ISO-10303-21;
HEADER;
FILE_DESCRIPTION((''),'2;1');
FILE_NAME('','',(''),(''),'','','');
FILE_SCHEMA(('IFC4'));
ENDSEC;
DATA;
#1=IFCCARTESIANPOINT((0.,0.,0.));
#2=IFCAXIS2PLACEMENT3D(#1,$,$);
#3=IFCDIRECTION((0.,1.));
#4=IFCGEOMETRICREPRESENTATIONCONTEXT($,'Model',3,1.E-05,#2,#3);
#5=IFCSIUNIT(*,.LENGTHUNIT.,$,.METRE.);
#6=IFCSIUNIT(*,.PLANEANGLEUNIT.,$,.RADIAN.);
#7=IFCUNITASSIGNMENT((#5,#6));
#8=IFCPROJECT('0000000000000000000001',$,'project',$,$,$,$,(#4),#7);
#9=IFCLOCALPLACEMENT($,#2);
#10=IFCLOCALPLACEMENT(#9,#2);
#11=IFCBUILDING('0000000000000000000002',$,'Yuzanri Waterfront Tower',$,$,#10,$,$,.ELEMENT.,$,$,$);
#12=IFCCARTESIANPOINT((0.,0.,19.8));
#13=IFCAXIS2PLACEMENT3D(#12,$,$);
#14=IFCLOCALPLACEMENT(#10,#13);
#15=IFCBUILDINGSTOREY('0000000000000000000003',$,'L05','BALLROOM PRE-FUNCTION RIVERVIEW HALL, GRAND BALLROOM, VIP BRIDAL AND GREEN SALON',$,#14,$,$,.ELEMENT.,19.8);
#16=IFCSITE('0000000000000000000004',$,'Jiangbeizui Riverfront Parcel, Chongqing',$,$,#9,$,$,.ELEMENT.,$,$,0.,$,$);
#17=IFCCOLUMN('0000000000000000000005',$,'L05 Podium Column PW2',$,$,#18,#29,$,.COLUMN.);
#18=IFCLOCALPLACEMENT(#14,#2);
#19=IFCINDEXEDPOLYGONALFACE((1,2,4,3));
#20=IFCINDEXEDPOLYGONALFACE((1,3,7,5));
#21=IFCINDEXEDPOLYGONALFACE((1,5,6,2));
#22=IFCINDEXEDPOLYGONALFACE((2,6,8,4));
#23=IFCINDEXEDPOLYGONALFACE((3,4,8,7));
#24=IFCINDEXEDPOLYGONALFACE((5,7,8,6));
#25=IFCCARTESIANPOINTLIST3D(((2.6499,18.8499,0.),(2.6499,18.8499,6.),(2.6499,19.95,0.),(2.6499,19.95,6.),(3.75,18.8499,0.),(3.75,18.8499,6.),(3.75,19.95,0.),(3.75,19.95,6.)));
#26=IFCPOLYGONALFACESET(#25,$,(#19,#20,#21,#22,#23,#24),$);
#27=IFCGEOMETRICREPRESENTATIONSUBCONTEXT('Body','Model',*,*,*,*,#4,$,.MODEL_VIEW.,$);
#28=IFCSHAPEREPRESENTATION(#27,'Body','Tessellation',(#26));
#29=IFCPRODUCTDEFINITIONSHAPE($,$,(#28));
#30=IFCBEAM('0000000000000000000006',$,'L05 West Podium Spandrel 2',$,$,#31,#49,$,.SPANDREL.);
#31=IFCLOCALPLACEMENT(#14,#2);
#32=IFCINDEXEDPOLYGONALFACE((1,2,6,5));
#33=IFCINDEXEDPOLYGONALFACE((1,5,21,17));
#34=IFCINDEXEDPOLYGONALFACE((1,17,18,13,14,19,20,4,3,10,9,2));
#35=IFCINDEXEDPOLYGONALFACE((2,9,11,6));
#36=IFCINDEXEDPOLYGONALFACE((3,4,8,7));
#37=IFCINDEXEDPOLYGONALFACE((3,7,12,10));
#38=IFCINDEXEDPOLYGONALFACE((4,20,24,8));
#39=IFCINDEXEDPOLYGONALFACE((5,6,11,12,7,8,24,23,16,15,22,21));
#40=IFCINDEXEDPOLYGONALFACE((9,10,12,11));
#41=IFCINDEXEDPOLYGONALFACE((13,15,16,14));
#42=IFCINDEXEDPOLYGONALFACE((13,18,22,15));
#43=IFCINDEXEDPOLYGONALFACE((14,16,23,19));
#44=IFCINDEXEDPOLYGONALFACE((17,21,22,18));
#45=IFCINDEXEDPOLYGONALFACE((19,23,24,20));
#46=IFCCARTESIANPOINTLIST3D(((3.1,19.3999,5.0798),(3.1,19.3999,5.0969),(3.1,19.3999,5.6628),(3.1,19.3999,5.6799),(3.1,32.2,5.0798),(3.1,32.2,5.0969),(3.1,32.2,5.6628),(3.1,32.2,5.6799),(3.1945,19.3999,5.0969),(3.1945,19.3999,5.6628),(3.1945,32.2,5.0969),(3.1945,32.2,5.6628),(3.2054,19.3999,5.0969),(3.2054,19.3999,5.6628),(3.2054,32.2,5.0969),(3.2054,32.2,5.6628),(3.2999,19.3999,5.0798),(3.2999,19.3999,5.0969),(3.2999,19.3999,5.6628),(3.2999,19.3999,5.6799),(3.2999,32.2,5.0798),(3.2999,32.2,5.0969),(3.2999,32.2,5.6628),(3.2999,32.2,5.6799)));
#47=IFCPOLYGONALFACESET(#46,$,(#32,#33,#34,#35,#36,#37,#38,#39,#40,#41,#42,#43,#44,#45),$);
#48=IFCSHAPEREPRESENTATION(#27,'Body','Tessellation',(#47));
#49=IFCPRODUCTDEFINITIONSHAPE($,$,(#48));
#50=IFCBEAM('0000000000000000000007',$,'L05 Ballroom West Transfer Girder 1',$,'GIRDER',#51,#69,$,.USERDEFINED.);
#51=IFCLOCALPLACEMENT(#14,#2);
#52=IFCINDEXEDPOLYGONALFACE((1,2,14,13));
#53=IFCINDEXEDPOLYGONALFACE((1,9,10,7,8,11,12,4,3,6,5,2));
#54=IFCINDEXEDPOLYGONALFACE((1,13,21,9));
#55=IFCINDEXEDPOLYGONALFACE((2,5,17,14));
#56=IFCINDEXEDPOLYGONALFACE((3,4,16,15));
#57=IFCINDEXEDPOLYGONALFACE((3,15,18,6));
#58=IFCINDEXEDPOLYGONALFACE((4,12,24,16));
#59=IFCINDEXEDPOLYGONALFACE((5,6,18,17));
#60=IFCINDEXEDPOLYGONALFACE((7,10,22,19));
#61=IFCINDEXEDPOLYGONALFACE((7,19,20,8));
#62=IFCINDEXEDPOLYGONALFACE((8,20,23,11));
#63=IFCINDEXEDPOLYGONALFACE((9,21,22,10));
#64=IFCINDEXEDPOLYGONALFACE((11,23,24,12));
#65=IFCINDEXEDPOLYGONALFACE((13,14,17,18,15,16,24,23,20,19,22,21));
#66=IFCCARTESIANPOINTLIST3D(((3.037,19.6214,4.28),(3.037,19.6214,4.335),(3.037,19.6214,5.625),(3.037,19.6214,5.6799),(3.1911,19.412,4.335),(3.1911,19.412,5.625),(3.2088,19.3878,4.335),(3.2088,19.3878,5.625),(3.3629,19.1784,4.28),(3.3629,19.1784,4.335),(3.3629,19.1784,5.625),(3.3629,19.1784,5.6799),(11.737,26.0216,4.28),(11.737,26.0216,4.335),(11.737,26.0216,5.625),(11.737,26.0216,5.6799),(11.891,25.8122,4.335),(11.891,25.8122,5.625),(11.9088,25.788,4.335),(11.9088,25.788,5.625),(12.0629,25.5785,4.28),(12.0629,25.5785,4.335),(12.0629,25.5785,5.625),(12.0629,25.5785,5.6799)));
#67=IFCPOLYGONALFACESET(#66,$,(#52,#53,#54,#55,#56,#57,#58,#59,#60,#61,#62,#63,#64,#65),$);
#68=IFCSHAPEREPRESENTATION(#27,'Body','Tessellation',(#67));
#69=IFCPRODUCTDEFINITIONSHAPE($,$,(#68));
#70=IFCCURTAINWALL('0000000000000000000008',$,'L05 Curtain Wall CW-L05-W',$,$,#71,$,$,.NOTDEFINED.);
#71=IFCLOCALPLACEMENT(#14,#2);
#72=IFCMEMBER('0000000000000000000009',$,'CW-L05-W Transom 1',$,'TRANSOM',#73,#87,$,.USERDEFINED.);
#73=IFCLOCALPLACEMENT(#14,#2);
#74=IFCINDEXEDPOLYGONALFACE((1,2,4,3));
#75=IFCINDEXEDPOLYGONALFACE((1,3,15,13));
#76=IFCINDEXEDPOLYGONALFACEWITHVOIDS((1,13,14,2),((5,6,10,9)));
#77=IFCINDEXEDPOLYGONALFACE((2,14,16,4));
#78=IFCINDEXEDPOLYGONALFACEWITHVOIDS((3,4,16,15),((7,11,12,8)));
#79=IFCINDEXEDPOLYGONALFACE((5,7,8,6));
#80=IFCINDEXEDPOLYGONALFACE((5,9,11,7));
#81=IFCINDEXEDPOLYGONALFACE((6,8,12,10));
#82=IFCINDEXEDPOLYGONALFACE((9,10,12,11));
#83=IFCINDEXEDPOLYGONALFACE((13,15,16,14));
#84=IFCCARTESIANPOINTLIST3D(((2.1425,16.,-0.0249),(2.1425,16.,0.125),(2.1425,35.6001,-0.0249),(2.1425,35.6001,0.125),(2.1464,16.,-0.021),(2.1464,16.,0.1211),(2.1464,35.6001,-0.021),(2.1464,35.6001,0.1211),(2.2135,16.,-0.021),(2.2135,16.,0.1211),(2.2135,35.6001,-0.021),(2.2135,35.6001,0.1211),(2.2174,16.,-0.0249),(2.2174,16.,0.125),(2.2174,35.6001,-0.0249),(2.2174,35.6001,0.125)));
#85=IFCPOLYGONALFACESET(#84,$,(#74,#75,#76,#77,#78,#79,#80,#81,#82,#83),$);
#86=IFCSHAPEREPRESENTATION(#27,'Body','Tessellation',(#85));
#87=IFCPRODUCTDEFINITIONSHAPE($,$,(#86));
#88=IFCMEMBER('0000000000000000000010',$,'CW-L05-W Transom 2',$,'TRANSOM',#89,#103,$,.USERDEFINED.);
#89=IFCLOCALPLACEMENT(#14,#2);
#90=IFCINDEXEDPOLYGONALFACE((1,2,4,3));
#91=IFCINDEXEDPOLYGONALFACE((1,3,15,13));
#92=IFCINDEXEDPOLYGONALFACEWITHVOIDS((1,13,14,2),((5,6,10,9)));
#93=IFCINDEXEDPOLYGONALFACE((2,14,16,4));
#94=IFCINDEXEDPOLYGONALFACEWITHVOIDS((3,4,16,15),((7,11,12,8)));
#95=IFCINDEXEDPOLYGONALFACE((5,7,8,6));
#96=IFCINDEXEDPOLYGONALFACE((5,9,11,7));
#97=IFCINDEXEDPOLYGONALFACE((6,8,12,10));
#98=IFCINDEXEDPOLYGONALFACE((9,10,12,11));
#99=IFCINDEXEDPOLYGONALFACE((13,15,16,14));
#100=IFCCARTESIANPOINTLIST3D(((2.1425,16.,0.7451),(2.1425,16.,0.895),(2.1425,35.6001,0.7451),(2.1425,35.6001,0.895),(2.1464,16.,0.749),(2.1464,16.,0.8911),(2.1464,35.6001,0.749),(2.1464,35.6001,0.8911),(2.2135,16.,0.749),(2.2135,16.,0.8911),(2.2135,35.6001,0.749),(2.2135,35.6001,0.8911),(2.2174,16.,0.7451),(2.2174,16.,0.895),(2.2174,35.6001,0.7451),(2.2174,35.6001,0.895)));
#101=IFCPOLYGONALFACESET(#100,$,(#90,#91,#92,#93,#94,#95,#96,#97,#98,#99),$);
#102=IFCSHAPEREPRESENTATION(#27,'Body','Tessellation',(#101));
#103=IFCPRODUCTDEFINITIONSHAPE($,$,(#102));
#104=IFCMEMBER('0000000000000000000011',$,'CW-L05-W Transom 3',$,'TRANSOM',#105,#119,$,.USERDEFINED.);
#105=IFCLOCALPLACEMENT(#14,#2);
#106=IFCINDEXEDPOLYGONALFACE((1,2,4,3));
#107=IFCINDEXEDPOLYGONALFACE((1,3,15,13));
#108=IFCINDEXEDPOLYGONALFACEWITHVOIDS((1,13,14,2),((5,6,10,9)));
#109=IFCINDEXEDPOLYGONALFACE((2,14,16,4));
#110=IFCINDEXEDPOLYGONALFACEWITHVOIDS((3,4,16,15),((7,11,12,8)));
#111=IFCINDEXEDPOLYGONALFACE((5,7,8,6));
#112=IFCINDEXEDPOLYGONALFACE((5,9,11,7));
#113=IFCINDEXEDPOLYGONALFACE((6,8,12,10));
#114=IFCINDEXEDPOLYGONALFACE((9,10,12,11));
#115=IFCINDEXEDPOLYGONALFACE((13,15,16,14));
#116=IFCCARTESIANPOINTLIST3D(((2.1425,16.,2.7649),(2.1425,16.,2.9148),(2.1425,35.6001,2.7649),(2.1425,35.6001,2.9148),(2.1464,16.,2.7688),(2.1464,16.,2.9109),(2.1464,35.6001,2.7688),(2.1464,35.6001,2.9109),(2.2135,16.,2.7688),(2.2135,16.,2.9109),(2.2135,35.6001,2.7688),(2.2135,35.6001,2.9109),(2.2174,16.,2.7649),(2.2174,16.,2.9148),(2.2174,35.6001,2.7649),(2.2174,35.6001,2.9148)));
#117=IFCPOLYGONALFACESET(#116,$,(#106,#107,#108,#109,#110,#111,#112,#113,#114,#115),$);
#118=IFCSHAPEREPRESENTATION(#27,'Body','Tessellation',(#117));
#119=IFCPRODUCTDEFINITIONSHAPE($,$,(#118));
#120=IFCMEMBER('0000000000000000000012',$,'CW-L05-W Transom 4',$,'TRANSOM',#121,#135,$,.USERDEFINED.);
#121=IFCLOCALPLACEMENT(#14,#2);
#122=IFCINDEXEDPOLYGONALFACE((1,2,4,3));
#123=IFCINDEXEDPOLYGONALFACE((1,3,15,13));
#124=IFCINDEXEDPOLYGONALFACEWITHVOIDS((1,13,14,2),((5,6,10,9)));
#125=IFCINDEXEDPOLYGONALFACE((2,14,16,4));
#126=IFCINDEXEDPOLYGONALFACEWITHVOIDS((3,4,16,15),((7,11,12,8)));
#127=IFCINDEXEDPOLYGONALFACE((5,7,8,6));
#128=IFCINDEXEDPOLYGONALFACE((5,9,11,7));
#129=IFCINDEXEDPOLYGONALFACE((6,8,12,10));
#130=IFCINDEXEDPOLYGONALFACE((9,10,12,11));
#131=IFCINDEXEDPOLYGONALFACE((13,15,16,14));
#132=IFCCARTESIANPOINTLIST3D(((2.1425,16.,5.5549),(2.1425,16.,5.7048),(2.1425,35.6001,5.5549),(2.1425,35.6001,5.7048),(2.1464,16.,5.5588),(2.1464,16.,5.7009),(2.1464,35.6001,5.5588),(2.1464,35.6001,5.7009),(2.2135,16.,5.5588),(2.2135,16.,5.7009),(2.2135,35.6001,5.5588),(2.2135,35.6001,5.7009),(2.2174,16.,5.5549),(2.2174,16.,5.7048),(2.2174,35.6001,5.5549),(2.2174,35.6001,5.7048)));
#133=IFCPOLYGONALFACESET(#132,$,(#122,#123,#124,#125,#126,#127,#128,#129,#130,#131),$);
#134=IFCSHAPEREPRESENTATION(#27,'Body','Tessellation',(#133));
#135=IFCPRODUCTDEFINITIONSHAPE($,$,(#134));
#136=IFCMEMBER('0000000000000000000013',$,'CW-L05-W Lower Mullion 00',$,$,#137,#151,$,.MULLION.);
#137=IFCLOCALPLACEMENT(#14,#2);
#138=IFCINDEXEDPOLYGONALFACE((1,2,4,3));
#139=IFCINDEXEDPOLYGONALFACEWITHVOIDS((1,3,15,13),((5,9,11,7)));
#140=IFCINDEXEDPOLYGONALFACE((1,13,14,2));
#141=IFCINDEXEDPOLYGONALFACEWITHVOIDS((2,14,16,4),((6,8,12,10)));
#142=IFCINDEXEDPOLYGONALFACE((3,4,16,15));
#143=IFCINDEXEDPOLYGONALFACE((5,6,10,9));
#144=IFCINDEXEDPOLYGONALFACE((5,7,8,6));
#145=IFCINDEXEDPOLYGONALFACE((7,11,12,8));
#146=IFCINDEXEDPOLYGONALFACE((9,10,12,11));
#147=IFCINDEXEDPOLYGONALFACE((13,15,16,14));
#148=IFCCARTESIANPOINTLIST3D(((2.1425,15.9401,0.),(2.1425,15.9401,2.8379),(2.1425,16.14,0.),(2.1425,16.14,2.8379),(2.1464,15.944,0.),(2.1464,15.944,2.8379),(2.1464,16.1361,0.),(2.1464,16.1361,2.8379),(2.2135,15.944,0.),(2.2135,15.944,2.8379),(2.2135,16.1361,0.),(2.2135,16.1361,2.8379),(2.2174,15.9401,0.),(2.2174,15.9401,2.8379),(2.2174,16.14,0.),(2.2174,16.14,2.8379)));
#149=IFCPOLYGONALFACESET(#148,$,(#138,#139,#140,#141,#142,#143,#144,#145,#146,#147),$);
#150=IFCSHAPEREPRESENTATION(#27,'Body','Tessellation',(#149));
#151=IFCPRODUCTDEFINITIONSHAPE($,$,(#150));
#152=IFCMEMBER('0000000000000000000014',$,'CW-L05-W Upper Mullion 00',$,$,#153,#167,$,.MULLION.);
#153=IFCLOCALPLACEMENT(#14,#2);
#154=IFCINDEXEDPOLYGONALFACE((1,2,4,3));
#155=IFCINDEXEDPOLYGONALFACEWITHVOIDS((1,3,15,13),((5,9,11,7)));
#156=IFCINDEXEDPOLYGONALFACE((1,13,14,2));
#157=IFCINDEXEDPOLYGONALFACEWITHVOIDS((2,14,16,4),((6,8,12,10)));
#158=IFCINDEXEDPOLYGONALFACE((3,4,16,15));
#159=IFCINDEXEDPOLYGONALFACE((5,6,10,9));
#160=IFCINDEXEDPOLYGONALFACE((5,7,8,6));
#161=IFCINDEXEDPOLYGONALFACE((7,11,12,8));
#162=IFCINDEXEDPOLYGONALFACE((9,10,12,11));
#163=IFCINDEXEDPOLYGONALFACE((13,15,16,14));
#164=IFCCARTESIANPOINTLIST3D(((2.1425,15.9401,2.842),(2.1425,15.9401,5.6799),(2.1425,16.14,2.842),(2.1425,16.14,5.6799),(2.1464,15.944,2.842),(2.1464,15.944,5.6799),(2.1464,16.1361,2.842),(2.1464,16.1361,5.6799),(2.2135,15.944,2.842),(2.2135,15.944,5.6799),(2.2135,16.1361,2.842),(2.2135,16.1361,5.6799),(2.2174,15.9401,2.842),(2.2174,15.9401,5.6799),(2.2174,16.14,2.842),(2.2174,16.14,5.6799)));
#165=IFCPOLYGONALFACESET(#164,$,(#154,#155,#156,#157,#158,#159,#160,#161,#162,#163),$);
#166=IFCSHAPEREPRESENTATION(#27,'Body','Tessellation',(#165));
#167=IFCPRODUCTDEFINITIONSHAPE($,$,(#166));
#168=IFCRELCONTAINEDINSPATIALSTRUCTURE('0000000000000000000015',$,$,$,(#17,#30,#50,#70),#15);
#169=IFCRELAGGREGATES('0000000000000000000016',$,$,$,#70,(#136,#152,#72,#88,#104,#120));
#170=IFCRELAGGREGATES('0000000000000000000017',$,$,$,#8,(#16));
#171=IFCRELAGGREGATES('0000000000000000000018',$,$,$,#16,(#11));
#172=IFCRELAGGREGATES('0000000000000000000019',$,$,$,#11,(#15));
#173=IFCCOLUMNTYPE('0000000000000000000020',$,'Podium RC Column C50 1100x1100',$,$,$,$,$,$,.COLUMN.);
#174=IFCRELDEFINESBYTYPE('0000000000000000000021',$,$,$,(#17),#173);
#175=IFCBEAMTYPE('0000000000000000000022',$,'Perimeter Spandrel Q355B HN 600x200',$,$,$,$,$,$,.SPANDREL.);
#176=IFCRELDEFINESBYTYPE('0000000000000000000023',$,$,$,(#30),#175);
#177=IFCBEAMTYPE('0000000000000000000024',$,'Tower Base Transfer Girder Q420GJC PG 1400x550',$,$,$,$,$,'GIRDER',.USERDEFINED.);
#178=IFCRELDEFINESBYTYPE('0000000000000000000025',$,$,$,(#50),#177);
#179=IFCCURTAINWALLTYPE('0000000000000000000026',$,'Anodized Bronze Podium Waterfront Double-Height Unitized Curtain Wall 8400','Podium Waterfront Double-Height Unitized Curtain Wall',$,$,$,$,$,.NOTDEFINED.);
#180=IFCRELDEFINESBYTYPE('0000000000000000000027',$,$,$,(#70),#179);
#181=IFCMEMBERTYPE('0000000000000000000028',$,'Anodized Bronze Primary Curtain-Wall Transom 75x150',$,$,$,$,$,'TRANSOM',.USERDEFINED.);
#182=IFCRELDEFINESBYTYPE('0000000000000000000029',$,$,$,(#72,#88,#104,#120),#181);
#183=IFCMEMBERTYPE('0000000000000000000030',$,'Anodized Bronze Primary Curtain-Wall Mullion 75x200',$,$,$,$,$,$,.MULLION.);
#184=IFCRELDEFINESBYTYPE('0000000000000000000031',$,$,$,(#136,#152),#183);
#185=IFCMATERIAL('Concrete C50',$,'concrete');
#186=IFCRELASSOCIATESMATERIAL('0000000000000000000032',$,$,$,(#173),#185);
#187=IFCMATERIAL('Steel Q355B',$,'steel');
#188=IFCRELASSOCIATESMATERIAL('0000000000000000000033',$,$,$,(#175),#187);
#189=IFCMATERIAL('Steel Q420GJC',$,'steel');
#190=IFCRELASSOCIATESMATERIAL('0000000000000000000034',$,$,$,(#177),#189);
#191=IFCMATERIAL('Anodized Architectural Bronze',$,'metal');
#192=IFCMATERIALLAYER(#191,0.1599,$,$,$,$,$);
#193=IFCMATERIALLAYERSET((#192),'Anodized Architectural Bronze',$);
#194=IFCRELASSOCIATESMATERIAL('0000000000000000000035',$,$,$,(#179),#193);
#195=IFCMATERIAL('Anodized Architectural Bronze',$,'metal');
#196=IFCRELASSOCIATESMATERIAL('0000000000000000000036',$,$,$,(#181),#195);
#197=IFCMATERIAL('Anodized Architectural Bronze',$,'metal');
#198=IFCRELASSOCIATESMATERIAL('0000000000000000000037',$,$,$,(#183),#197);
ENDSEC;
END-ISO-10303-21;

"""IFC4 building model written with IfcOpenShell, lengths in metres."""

from ifc_helpers import new_model, si_unit, direction, frame, origin, origin_2d, place, context, subcontext, project, spatial, rectangle, hollow_rectangle, i_section, extrude, source, transform, mapped, material, layer, layer_set, material_profile, profile_set, type_object, element, aggregate, save


model = new_model("IFC4")

# Units and contexts
model_context = context("Model", 3, precision=1e-05, world=origin(), true_north=direction((0.0, 1.0)))
body_context = subcontext(model_context, "Body", "Model", "MODEL_VIEW")
ifc_project = project(units=[si_unit("LENGTHUNIT", "METRE"), si_unit("PLANEANGLEUNIT", "RADIAN")], contexts=[model_context])

# Site, building, storey
site_placement = place(None, origin())
site = spatial("IfcSite", under=ifc_project, at=site_placement, Name="Jiangbeizui Riverfront Parcel, Chongqing", CompositionType="ELEMENT", RefElevation=0.0)
building_placement = place(site_placement, origin())
building = spatial("IfcBuilding", under=site, at=building_placement, Name="Yuzanri Waterfront Tower", CompositionType="ELEMENT")
storey_placement = place(building_placement, frame((0.0, 0.0, 19.8)))
storey = spatial("IfcBuildingStorey", under=building, at=storey_placement, Name="L05", Description="BALLROOM PRE-FUNCTION RIVERVIEW HALL, GRAND BALLROOM, VIP BRIDAL AND GREEN SALON", CompositionType="ELEMENT", Elevation=19.8)

# Column
ifc_material_1 = material(Name="Concrete C50", Category="concrete")
ifc_material_profile_1 = material_profile(ifc_material_1, rectangle(XDim=1.1001, YDim=1.1001, at=origin_2d()), Name="RC 1100x1100")
ifc_profile_set_1 = profile_set([ifc_material_profile_1], Name="Concrete C50")
column_type = type_object("IfcColumnType", Name="Podium RC Column C50 1100x1100", PredefinedType="COLUMN", material=ifc_profile_set_1)
shared_shape_1 = source(origin(), body_context, "Body", "SweptSolid", [
    extrude(rectangle(XDim=1.1001, YDim=1.1001, at=origin_2d()), origin(), (0.0, 0.0, 1.0), 6.0),
])
column_placement = place(storey_placement, frame((3.2, 19.3999, 0.0), z_axis=(0.0, 0.0, 1.0), x_axis=(1.0, 0.0, 0.0)))
element("IfcColumn", 1, at=column_placement, inside=storey, type_object=column_type, Name="L05 Podium Column PW2", PredefinedType="COLUMN", context=body_context, shape_type="MappedRepresentation", body=[
    mapped(shared_shape_1, transform((0.0, 0.0, 0.0), scale=1.0)),
])

# Beams
ifc_material_2 = material(Name="Steel Q355B", Category="steel")
ifc_material_profile_2 = material_profile(ifc_material_2, i_section(OverallWidth=0.2, OverallDepth=0.6001, WebThickness=0.011, FlangeThickness=0.0171, at=origin_2d()), Name="HN 600x200x11x17")
ifc_profile_set_2 = profile_set([ifc_material_profile_2], Name="Steel Q355B")
beam_type_1 = type_object("IfcBeamType", Name="Perimeter Spandrel Q355B HN 600x200", PredefinedType="SPANDREL", material=ifc_profile_set_2)
shared_shape_2 = source(origin(), body_context, "Body", "SweptSolid", [
    extrude(i_section(OverallWidth=0.2, OverallDepth=0.6001, WebThickness=0.011, FlangeThickness=0.0171, at=origin_2d()), origin(), (0.0, 0.0, 1.0), 12.8),
])
beam_1_placement = place(storey_placement, frame((3.2, 19.3999, 5.3799), z_axis=(0.0, 1.0, 0.0), x_axis=(-1.0, 0.0, 0.0)))
element("IfcBeam", 2, at=beam_1_placement, inside=storey, type_object=beam_type_1, Name="L05 West Podium Spandrel 2", PredefinedType="SPANDREL", context=body_context, shape_type="MappedRepresentation", body=[
    mapped(shared_shape_2, transform((0.0, 0.0, 0.0), scale=1.0)),
])
ifc_material_3 = material(Name="Steel Q420GJC", Category="steel")
ifc_material_profile_3 = material_profile(ifc_material_3, i_section(OverallWidth=0.55, OverallDepth=1.3999, WebThickness=0.03, FlangeThickness=0.0549, at=origin_2d()), Name="PG 1400x550x30x55")
ifc_profile_set_3 = profile_set([ifc_material_profile_3], Name="Steel Q420GJC")
beam_type_2 = type_object("IfcBeamType", Name="Tower Base Transfer Girder Q420GJC PG 1400x550", ElementType="GIRDER", PredefinedType="USERDEFINED", material=ifc_profile_set_3)
shared_shape_3 = source(origin(), body_context, "Body", "SweptSolid", [
    extrude(i_section(OverallWidth=0.55, OverallDepth=1.3999, WebThickness=0.03, FlangeThickness=0.0549, at=origin_2d()), origin(), (0.0, 0.0, 1.0), 10.8005),
])
beam_2_placement = place(storey_placement, frame((3.2, 19.3999, 4.98), z_axis=(0.805513, 0.592578, 0.0), x_axis=(-0.592578, 0.805513, 0.0)))
element("IfcBeam", 3, at=beam_2_placement, inside=storey, type_object=beam_type_2, Name="L05 Ballroom West Transfer Girder 1", ObjectType="GIRDER", PredefinedType="USERDEFINED", context=body_context, shape_type="MappedRepresentation", body=[
    mapped(shared_shape_3, transform((0.0, 0.0, 0.0), scale=1.0)),
])

# Curtain wall, members
ifc_material_4 = material(Name="Anodized Architectural Bronze", Category="metal")
ifc_layer_1 = layer(ifc_material_4, 0.1599)
ifc_layer_set_1 = layer_set([ifc_layer_1], Name="Anodized Architectural Bronze")
curtain_wall_type = type_object("IfcCurtainWallType", Name="Anodized Bronze Podium Waterfront Double-Height Unitized Curtain Wall 8400", Description="Podium Waterfront Double-Height Unitized Curtain Wall", PredefinedType="NOTDEFINED", material=ifc_layer_set_1)
curtain_wall_placement = place(storey_placement, origin())
curtain_wall = element("IfcCurtainWall", 4, at=curtain_wall_placement, inside=storey, type_object=curtain_wall_type, Name="L05 Curtain Wall CW-L05-W", PredefinedType="NOTDEFINED")
ifc_material_5 = material(Name="Anodized Architectural Bronze", Category="metal")
ifc_material_profile_4 = material_profile(ifc_material_5, hollow_rectangle(XDim=0.075, YDim=0.1499, WallThickness=0.0039, at=origin_2d()), Name="CWT 75x150")
ifc_profile_set_4 = profile_set([ifc_material_profile_4], Name="Anodized Architectural Bronze")
member_type_1 = type_object("IfcMemberType", Name="Anodized Bronze Primary Curtain-Wall Transom 75x150", ElementType="TRANSOM", PredefinedType="USERDEFINED", material=ifc_profile_set_4)
shared_shape_4 = source(origin(), body_context, "Body", "SweptSolid", [
    extrude(hollow_rectangle(XDim=0.075, YDim=0.1499, WallThickness=0.0039, at=origin_2d()), origin(), (0.0, 0.0, 1.0), 19.6001),
])
member_1_placement = place(storey_placement, frame((2.1799, 16.0, 0.05), z_axis=(0.0, 1.0, 0.0), x_axis=(-1.0, 0.0, 0.0)))
member_1 = element("IfcMember", 5, at=member_1_placement, type_object=member_type_1, Name="CW-L05-W Transom 1", ObjectType="TRANSOM", PredefinedType="USERDEFINED", context=body_context, shape_type="MappedRepresentation", body=[
    mapped(shared_shape_4, transform((0.0, 0.0, 0.0), scale=1.0)),
])
member_2_placement = place(storey_placement, frame((2.1799, 16.0, 0.8201), z_axis=(0.0, 1.0, 0.0), x_axis=(-1.0, 0.0, 0.0)))
member_2 = element("IfcMember", 6, at=member_2_placement, type_object=member_type_1, Name="CW-L05-W Transom 2", ObjectType="TRANSOM", PredefinedType="USERDEFINED", context=body_context, shape_type="MappedRepresentation", body=[
    mapped(shared_shape_4, transform((0.0, 0.0, 0.0), scale=1.0)),
])
member_3_placement = place(storey_placement, frame((2.1799, 16.0, 2.8398), z_axis=(0.0, 1.0, 0.0), x_axis=(-1.0, 0.0, 0.0)))
member_3 = element("IfcMember", 7, at=member_3_placement, type_object=member_type_1, Name="CW-L05-W Transom 3", ObjectType="TRANSOM", PredefinedType="USERDEFINED", context=body_context, shape_type="MappedRepresentation", body=[
    mapped(shared_shape_4, transform((0.0, 0.0, 0.0), scale=1.0)),
])
member_4_placement = place(storey_placement, frame((2.1799, 16.0, 5.6299), z_axis=(0.0, 1.0, 0.0), x_axis=(-1.0, 0.0, 0.0)))
member_4 = element("IfcMember", 8, at=member_4_placement, type_object=member_type_1, Name="CW-L05-W Transom 4", ObjectType="TRANSOM", PredefinedType="USERDEFINED", context=body_context, shape_type="MappedRepresentation", body=[
    mapped(shared_shape_4, transform((0.0, 0.0, 0.0), scale=1.0)),
])
ifc_material_6 = material(Name="Anodized Architectural Bronze", Category="metal")
ifc_material_profile_5 = material_profile(ifc_material_6, hollow_rectangle(XDim=0.075, YDim=0.2, WallThickness=0.0039, at=origin_2d()), Name="CWM 75x200")
ifc_profile_set_5 = profile_set([ifc_material_profile_5], Name="Anodized Architectural Bronze")
member_type_2 = type_object("IfcMemberType", Name="Anodized Bronze Primary Curtain-Wall Mullion 75x200", PredefinedType="MULLION", material=ifc_profile_set_5)
shared_shape_5 = source(origin(), body_context, "Body", "SweptSolid", [
    extrude(hollow_rectangle(XDim=0.075, YDim=0.2, WallThickness=0.0039, at=origin_2d()), origin(), (0.0, 0.0, 1.0), 2.8379),
])
member_5_placement = place(storey_placement, frame((2.1799, 16.04, 0.0), z_axis=(0.0, 0.0, 1.0), x_axis=(1.0, 0.0, 0.0)))
member_5 = element("IfcMember", 9, at=member_5_placement, type_object=member_type_2, Name="CW-L05-W Lower Mullion 00", PredefinedType="MULLION", context=body_context, shape_type="MappedRepresentation", body=[
    mapped(shared_shape_5, transform((0.0, 0.0, 0.0), scale=1.0)),
])
member_6_placement = place(storey_placement, frame((2.1799, 16.04, 2.842), z_axis=(0.0, 0.0, 1.0), x_axis=(1.0, 0.0, 0.0)))
member_6 = element("IfcMember", 10, at=member_6_placement, type_object=member_type_2, Name="CW-L05-W Upper Mullion 00", PredefinedType="MULLION", context=body_context, shape_type="MappedRepresentation", body=[
    mapped(shared_shape_5, transform((0.0, 0.0, 0.0), scale=1.0)),
])

aggregate(curtain_wall, [member_5, member_6, member_1, member_2, member_3, member_4])

save(model, "model.ifc")
